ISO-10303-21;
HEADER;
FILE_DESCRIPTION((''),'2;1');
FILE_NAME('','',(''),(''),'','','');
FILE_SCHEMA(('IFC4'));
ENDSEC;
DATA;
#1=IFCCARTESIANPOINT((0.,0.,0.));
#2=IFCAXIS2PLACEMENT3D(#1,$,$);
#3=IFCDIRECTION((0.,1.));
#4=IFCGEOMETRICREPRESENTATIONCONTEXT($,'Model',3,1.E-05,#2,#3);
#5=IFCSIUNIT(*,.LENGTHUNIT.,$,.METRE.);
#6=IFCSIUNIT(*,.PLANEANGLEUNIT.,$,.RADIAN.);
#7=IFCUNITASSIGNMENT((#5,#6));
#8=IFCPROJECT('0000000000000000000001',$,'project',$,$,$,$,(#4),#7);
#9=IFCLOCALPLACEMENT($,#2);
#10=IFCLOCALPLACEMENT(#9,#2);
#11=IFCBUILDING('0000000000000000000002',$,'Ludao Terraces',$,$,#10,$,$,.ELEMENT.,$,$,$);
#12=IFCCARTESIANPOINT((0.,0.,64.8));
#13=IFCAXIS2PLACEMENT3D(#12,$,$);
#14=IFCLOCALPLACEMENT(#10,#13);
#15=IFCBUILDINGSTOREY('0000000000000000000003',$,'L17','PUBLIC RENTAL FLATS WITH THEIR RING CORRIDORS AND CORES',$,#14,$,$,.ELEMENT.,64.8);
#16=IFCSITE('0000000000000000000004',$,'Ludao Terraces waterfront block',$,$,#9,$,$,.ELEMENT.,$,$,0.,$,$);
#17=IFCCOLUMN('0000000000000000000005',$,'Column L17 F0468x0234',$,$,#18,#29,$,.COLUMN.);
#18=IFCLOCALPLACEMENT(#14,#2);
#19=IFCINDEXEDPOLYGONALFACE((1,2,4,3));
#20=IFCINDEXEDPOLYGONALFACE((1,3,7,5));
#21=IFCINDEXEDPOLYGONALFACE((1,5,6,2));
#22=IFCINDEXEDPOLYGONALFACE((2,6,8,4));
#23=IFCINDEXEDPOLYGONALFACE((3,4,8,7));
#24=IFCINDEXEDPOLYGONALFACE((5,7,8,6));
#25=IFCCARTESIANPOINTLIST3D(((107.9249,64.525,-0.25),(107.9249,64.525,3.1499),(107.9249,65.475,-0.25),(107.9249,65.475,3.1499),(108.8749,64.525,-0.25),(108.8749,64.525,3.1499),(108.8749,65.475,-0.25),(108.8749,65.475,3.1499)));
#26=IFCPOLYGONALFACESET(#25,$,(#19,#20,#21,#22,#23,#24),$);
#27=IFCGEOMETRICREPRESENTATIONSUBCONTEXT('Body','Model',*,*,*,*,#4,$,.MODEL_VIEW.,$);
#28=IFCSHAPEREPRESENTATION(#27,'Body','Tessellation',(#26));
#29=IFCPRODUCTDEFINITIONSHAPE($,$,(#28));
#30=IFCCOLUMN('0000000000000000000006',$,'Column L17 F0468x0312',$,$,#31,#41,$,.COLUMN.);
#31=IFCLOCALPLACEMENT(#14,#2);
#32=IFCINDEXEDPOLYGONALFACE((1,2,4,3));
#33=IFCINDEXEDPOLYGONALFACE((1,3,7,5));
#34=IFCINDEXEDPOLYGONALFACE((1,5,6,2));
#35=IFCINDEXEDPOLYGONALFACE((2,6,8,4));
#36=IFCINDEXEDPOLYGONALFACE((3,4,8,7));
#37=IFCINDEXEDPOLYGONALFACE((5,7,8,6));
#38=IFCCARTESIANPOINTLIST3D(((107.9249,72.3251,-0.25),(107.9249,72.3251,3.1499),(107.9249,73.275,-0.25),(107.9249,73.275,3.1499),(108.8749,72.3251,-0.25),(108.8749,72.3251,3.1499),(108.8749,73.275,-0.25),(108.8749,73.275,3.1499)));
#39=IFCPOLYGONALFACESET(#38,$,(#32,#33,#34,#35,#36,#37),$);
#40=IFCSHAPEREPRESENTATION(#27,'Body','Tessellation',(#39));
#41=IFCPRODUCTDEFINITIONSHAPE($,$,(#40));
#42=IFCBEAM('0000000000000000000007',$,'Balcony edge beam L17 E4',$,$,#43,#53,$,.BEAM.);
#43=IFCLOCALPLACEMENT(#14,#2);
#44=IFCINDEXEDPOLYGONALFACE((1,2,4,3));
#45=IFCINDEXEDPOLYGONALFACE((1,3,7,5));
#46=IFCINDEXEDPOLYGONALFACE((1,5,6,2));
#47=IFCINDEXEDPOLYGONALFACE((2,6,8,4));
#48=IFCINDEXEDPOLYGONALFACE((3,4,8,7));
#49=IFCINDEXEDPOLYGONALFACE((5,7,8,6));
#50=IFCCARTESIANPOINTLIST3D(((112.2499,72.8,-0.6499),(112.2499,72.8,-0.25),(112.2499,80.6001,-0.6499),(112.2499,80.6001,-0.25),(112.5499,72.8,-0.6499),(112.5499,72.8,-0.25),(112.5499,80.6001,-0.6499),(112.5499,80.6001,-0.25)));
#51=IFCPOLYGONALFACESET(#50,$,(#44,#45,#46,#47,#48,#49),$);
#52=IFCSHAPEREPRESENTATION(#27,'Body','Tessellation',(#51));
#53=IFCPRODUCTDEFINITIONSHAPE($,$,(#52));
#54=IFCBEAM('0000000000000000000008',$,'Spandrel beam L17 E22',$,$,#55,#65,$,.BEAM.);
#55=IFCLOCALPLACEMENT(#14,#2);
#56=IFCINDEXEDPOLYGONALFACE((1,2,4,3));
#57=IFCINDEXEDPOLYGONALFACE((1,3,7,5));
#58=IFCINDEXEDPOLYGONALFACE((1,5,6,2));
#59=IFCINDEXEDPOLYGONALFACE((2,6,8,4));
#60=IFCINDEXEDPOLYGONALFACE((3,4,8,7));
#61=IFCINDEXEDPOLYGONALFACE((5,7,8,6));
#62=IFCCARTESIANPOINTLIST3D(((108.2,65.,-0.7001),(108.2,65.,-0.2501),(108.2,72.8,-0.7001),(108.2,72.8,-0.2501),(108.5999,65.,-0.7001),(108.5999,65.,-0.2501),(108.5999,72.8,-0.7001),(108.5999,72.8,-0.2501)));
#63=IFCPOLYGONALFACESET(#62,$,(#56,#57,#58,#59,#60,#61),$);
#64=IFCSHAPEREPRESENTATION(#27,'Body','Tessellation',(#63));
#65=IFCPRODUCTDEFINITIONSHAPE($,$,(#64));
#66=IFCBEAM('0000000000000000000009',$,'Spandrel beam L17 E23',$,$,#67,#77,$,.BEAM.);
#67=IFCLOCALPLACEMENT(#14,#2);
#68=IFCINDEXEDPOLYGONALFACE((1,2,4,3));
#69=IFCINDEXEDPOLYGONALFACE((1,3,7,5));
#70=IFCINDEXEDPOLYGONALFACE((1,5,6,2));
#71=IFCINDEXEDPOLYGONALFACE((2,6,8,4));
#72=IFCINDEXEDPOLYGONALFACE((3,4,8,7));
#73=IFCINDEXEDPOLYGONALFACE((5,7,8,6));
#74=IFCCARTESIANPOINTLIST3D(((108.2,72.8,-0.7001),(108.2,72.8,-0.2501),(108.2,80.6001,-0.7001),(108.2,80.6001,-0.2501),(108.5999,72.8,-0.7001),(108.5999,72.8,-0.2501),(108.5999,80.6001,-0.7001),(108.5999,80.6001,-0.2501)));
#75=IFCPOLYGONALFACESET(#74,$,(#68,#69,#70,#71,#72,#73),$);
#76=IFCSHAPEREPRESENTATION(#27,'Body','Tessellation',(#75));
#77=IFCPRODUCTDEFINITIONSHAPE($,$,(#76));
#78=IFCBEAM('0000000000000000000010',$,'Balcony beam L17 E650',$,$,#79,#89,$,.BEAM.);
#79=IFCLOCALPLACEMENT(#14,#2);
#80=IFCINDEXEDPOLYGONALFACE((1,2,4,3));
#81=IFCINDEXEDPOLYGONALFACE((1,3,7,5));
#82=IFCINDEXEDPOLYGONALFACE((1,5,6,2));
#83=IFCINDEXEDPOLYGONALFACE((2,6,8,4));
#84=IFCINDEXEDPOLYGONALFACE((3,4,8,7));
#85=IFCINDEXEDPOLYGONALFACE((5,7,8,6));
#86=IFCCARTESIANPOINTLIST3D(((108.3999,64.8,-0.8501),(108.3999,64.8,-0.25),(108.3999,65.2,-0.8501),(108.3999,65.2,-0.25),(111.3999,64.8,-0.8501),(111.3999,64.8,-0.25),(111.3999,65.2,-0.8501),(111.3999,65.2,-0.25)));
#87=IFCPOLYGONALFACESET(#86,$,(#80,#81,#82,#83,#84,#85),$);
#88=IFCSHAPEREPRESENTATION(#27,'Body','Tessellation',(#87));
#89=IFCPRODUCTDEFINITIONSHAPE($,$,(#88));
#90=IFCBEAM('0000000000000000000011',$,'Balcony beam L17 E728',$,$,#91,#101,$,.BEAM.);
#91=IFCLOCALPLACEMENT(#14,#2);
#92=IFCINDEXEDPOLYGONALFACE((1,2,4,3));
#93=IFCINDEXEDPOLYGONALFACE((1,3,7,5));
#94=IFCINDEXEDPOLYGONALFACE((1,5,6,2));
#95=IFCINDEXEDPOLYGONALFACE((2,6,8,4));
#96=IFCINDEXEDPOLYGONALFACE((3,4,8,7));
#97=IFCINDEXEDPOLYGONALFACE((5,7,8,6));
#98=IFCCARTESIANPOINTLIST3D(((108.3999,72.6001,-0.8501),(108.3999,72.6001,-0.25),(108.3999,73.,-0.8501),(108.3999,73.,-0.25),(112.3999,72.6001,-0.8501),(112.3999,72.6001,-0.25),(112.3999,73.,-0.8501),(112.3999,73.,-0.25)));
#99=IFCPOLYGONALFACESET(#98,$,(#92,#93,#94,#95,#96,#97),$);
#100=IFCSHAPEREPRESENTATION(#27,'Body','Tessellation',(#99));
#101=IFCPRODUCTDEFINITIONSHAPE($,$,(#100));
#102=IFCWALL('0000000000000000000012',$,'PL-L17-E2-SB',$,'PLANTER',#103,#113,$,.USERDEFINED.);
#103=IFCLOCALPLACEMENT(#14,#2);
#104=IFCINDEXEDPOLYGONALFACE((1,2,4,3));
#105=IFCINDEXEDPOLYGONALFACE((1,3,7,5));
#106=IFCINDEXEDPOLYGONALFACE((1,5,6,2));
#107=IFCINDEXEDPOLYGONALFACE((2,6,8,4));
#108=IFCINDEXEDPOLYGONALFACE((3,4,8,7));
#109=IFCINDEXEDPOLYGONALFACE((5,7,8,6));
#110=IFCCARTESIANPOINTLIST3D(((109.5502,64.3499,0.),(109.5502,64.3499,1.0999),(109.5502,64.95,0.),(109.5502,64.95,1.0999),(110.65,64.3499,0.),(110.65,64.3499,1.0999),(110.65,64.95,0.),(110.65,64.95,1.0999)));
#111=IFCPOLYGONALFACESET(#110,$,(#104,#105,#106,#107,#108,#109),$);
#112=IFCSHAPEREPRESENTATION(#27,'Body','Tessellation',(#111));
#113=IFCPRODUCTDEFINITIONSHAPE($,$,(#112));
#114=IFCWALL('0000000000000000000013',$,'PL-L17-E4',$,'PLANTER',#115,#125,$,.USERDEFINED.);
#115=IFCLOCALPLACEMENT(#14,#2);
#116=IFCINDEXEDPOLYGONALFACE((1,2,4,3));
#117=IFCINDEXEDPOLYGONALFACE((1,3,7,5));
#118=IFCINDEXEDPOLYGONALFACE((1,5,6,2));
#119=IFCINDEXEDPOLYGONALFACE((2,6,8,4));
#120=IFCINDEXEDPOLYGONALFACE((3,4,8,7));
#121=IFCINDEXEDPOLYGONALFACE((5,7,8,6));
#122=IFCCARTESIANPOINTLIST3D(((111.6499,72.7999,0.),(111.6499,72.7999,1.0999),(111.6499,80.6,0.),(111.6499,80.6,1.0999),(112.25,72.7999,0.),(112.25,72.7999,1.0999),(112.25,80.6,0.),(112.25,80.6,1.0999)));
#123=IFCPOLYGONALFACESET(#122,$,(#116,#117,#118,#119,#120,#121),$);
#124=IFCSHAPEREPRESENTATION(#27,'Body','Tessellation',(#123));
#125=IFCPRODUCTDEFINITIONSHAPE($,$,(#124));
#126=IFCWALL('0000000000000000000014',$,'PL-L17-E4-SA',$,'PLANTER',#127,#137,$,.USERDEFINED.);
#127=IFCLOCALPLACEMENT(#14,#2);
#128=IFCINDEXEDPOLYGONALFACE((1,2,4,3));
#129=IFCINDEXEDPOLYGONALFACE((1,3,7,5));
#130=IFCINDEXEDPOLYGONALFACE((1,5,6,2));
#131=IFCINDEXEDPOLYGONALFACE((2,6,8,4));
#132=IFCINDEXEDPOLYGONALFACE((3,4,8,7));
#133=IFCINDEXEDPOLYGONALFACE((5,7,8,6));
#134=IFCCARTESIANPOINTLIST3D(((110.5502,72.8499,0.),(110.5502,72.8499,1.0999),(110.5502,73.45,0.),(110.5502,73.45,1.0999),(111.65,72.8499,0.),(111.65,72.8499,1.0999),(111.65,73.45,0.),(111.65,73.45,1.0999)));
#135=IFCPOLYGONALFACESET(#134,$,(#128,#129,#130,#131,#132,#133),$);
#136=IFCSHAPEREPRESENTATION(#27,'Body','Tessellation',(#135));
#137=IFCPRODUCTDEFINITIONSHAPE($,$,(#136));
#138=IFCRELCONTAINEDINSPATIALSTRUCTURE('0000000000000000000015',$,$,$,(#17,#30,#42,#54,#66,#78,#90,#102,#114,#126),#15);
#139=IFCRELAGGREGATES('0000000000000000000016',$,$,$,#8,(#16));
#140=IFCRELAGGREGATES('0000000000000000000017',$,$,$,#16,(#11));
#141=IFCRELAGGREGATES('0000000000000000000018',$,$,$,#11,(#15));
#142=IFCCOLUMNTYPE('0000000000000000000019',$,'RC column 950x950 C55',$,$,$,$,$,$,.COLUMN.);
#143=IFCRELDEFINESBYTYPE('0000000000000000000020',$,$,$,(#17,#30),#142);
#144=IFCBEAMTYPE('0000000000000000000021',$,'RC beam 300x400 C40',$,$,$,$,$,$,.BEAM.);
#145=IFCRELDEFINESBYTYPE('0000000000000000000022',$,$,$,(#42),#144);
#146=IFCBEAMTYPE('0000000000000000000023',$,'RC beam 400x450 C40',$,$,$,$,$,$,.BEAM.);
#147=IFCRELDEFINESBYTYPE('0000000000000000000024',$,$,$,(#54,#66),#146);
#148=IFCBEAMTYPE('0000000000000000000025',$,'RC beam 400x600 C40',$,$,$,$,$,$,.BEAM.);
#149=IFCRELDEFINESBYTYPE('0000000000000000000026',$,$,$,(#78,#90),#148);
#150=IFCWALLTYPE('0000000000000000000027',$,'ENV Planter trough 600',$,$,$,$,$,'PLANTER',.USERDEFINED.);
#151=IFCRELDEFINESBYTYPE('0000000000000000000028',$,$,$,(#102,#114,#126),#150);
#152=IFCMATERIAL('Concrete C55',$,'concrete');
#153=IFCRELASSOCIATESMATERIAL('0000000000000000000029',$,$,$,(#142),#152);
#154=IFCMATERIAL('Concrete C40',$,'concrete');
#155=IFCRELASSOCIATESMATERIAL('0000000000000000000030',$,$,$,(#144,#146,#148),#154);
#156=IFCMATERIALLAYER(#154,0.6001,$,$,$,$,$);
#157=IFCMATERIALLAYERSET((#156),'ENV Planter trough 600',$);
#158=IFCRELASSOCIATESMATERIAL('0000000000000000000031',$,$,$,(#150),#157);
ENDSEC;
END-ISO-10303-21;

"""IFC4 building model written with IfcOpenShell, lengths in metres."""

from ifc_helpers import new_model, si_unit, direction, frame, frame_2d, origin, origin_2d, place, context, subcontext, project, spatial, rectangle, extrude, material, layer, layer_set, material_profile, profile_set, type_object, element, save


model = new_model("IFC4")

# Units and contexts
model_context = context("Model", 3, precision=1e-05, world=origin(), true_north=direction((0.0, 1.0)))
body_context = subcontext(model_context, "Body", "Model", "MODEL_VIEW")
ifc_project = project(units=[si_unit("LENGTHUNIT", "METRE"), si_unit("PLANEANGLEUNIT", "RADIAN")], contexts=[model_context])

# Site, building, storey
site_placement = place(None, origin())
site = spatial("IfcSite", under=ifc_project, at=site_placement, Name="Ludao Terraces waterfront block", CompositionType="ELEMENT", RefElevation=0.0)
building_placement = place(site_placement, origin())
building = spatial("IfcBuilding", under=site, at=building_placement, Name="Ludao Terraces", CompositionType="ELEMENT")
storey_placement = place(building_placement, frame((0.0, 0.0, 64.8)))
storey = spatial("IfcBuildingStorey", under=building, at=storey_placement, Name="L17", Description="PUBLIC RENTAL FLATS WITH THEIR RING CORRIDORS AND CORES", CompositionType="ELEMENT", Elevation=64.8)

# Columns
ifc_material_1 = material(Name="Concrete C55", Category="concrete")
ifc_material_profile_1 = material_profile(ifc_material_1, rectangle(XDim=0.95, YDim=0.95, at=origin_2d()), Name="950 X 950")
ifc_profile_set_1 = profile_set([ifc_material_profile_1], Name="Concrete C55")
column_type = type_object("IfcColumnType", Name="RC column 950x950 C55", PredefinedType="COLUMN", material=ifc_profile_set_1)
for number, where, z_axis, x_axis, name in (
    (1, (108.3999, 65.0, -0.25), (0.0, 0.0, 1.0), (1.0, 0.0, 0.0), "Column L17 F0468x0234"),
    (2, (108.3999, 72.8, -0.25), (0.0, 0.0, 1.0), (1.0, 0.0, 0.0), "Column L17 F0468x0312"),
):
    element("IfcColumn", number, at=place(storey_placement, frame(where, z_axis=z_axis, x_axis=x_axis)), inside=storey, type_object=column_type, Name=name, PredefinedType="COLUMN", context=body_context, shape_type="SweptSolid", body=[
        extrude(rectangle(XDim=0.95, YDim=0.95, at=origin_2d()), origin(), (0.0, 0.0, 1.0), 3.3999),
    ])

# Beams
ifc_material_2 = material(Name="Concrete C40", Category="concrete")
ifc_material_profile_2 = material_profile(ifc_material_2, rectangle(XDim=0.3, YDim=0.3999, at=origin_2d()), Name="300 X 400")
ifc_profile_set_2 = profile_set([ifc_material_profile_2], Name="Concrete C40")
beam_type_1 = type_object("IfcBeamType", Name="RC beam 300x400 C40", PredefinedType="BEAM", material=ifc_profile_set_2)
beam_1_placement = place(storey_placement, frame((112.3999, 72.8, -0.45), z_axis=(0.0, 1.0, 0.0), x_axis=(-1.0, 0.0, 0.0)))
element("IfcBeam", 3, at=beam_1_placement, inside=storey, type_object=beam_type_1, Name="Balcony edge beam L17 E4", PredefinedType="BEAM", context=body_context, shape_type="SweptSolid", body=[
    extrude(rectangle(XDim=0.3, YDim=0.3999, at=origin_2d()), origin(), (0.0, 0.0, 1.0), 7.8),
])
ifc_material_profile_3 = material_profile(ifc_material_2, rectangle(XDim=0.3999, YDim=0.45, at=origin_2d()), Name="400 X 450")
ifc_profile_set_3 = profile_set([ifc_material_profile_3], Name="Concrete C40")
beam_type_2 = type_object("IfcBeamType", Name="RC beam 400x450 C40", PredefinedType="BEAM", material=ifc_profile_set_3)
for number, where, z_axis, x_axis, name in (
    (4, (108.3999, 65.0, -0.4751), (0.0, 1.0, 0.0), (-1.0, 0.0, 0.0), "Spandrel beam L17 E22"),
    (5, (108.3999, 72.8, -0.4751), (0.0, 1.0, 0.0), (-1.0, 0.0, 0.0), "Spandrel beam L17 E23"),
):
    element("IfcBeam", number, at=place(storey_placement, frame(where, z_axis=z_axis, x_axis=x_axis)), inside=storey, type_object=beam_type_2, Name=name, PredefinedType="BEAM", context=body_context, shape_type="SweptSolid", body=[
        extrude(rectangle(XDim=0.3999, YDim=0.45, at=origin_2d()), origin(), (0.0, 0.0, 1.0), 7.8),
    ])
ifc_material_profile_4 = material_profile(ifc_material_2, rectangle(XDim=0.3999, YDim=0.6001, at=origin_2d()), Name="400 X 600")
ifc_profile_set_4 = profile_set([ifc_material_profile_4], Name="Concrete C40")
beam_type_3 = type_object("IfcBeamType", Name="RC beam 400x600 C40", PredefinedType="BEAM", material=ifc_profile_set_4)
beam_2_placement = place(storey_placement, frame((108.3999, 65.0, -0.55), z_axis=(1.0, 0.0, 0.0), x_axis=(0.0, 1.0, 0.0)))
element("IfcBeam", 6, at=beam_2_placement, inside=storey, type_object=beam_type_3, Name="Balcony beam L17 E650", PredefinedType="BEAM", context=body_context, shape_type="SweptSolid", body=[
    extrude(rectangle(XDim=0.3999, YDim=0.6001, at=origin_2d()), origin(), (0.0, 0.0, 1.0), 3.0),
])
beam_3_placement = place(storey_placement, frame((108.3999, 72.8, -0.55), z_axis=(1.0, 0.0, 0.0), x_axis=(0.0, 1.0, 0.0)))
element("IfcBeam", 7, at=beam_3_placement, inside=storey, type_object=beam_type_3, Name="Balcony beam L17 E728", PredefinedType="BEAM", context=body_context, shape_type="SweptSolid", body=[
    extrude(rectangle(XDim=0.3999, YDim=0.6001, at=origin_2d()), origin(), (0.0, 0.0, 1.0), 4.0),
])

# Walls
ifc_layer_1 = layer(ifc_material_2, 0.6001)
ifc_layer_set_1 = layer_set([ifc_layer_1], Name="ENV Planter trough 600")
wall_type_1 = type_object("IfcWallType", Name="ENV Planter trough 600", ElementType="PLANTER", PredefinedType="USERDEFINED", material=ifc_layer_set_1)
wall_1_placement = place(storey_placement, frame((110.6499, 64.6499, 0.0), z_axis=(0.0, 0.0, 1.0), x_axis=(-1.0, 0.0, 0.0)))
element("IfcWall", 8, at=wall_1_placement, inside=storey, type_object=wall_type_1, Name="PL-L17-E2-SB", ObjectType="PLANTER", PredefinedType="USERDEFINED", context=body_context, shape_type="SweptSolid", body=[
    extrude(rectangle(XDim=1.0999, YDim=0.6001, at=frame_2d((0.5498, 0.0))), origin(), (0.0, 0.0, 1.0), 1.0999),
])
wall_2_placement = place(storey_placement, frame((111.95, 72.8, 0.0), z_axis=(0.0, 0.0, 1.0), x_axis=(0.0, 1.0, 0.0)))
element("IfcWall", 9, at=wall_2_placement, inside=storey, type_object=wall_type_1, Name="PL-L17-E4", ObjectType="PLANTER", PredefinedType="USERDEFINED", context=body_context, shape_type="SweptSolid", body=[
    extrude(rectangle(XDim=7.8, YDim=0.6001, at=frame_2d((3.8999, 0.0))), origin(), (0.0, 0.0, 1.0), 1.0999),
])
wall_3_placement = place(storey_placement, frame((111.6499, 73.1499, 0.0), z_axis=(0.0, 0.0, 1.0), x_axis=(-1.0, 0.0, 0.0)))
element("IfcWall", 10, at=wall_3_placement, inside=storey, type_object=wall_type_1, Name="PL-L17-E4-SA", ObjectType="PLANTER", PredefinedType="USERDEFINED", context=body_context, shape_type="SweptSolid", body=[
    extrude(rectangle(XDim=1.0999, YDim=0.6001, at=frame_2d((0.5498, 0.0))), origin(), (0.0, 0.0, 1.0), 1.0999),
])

save(model, "model.ifc")
